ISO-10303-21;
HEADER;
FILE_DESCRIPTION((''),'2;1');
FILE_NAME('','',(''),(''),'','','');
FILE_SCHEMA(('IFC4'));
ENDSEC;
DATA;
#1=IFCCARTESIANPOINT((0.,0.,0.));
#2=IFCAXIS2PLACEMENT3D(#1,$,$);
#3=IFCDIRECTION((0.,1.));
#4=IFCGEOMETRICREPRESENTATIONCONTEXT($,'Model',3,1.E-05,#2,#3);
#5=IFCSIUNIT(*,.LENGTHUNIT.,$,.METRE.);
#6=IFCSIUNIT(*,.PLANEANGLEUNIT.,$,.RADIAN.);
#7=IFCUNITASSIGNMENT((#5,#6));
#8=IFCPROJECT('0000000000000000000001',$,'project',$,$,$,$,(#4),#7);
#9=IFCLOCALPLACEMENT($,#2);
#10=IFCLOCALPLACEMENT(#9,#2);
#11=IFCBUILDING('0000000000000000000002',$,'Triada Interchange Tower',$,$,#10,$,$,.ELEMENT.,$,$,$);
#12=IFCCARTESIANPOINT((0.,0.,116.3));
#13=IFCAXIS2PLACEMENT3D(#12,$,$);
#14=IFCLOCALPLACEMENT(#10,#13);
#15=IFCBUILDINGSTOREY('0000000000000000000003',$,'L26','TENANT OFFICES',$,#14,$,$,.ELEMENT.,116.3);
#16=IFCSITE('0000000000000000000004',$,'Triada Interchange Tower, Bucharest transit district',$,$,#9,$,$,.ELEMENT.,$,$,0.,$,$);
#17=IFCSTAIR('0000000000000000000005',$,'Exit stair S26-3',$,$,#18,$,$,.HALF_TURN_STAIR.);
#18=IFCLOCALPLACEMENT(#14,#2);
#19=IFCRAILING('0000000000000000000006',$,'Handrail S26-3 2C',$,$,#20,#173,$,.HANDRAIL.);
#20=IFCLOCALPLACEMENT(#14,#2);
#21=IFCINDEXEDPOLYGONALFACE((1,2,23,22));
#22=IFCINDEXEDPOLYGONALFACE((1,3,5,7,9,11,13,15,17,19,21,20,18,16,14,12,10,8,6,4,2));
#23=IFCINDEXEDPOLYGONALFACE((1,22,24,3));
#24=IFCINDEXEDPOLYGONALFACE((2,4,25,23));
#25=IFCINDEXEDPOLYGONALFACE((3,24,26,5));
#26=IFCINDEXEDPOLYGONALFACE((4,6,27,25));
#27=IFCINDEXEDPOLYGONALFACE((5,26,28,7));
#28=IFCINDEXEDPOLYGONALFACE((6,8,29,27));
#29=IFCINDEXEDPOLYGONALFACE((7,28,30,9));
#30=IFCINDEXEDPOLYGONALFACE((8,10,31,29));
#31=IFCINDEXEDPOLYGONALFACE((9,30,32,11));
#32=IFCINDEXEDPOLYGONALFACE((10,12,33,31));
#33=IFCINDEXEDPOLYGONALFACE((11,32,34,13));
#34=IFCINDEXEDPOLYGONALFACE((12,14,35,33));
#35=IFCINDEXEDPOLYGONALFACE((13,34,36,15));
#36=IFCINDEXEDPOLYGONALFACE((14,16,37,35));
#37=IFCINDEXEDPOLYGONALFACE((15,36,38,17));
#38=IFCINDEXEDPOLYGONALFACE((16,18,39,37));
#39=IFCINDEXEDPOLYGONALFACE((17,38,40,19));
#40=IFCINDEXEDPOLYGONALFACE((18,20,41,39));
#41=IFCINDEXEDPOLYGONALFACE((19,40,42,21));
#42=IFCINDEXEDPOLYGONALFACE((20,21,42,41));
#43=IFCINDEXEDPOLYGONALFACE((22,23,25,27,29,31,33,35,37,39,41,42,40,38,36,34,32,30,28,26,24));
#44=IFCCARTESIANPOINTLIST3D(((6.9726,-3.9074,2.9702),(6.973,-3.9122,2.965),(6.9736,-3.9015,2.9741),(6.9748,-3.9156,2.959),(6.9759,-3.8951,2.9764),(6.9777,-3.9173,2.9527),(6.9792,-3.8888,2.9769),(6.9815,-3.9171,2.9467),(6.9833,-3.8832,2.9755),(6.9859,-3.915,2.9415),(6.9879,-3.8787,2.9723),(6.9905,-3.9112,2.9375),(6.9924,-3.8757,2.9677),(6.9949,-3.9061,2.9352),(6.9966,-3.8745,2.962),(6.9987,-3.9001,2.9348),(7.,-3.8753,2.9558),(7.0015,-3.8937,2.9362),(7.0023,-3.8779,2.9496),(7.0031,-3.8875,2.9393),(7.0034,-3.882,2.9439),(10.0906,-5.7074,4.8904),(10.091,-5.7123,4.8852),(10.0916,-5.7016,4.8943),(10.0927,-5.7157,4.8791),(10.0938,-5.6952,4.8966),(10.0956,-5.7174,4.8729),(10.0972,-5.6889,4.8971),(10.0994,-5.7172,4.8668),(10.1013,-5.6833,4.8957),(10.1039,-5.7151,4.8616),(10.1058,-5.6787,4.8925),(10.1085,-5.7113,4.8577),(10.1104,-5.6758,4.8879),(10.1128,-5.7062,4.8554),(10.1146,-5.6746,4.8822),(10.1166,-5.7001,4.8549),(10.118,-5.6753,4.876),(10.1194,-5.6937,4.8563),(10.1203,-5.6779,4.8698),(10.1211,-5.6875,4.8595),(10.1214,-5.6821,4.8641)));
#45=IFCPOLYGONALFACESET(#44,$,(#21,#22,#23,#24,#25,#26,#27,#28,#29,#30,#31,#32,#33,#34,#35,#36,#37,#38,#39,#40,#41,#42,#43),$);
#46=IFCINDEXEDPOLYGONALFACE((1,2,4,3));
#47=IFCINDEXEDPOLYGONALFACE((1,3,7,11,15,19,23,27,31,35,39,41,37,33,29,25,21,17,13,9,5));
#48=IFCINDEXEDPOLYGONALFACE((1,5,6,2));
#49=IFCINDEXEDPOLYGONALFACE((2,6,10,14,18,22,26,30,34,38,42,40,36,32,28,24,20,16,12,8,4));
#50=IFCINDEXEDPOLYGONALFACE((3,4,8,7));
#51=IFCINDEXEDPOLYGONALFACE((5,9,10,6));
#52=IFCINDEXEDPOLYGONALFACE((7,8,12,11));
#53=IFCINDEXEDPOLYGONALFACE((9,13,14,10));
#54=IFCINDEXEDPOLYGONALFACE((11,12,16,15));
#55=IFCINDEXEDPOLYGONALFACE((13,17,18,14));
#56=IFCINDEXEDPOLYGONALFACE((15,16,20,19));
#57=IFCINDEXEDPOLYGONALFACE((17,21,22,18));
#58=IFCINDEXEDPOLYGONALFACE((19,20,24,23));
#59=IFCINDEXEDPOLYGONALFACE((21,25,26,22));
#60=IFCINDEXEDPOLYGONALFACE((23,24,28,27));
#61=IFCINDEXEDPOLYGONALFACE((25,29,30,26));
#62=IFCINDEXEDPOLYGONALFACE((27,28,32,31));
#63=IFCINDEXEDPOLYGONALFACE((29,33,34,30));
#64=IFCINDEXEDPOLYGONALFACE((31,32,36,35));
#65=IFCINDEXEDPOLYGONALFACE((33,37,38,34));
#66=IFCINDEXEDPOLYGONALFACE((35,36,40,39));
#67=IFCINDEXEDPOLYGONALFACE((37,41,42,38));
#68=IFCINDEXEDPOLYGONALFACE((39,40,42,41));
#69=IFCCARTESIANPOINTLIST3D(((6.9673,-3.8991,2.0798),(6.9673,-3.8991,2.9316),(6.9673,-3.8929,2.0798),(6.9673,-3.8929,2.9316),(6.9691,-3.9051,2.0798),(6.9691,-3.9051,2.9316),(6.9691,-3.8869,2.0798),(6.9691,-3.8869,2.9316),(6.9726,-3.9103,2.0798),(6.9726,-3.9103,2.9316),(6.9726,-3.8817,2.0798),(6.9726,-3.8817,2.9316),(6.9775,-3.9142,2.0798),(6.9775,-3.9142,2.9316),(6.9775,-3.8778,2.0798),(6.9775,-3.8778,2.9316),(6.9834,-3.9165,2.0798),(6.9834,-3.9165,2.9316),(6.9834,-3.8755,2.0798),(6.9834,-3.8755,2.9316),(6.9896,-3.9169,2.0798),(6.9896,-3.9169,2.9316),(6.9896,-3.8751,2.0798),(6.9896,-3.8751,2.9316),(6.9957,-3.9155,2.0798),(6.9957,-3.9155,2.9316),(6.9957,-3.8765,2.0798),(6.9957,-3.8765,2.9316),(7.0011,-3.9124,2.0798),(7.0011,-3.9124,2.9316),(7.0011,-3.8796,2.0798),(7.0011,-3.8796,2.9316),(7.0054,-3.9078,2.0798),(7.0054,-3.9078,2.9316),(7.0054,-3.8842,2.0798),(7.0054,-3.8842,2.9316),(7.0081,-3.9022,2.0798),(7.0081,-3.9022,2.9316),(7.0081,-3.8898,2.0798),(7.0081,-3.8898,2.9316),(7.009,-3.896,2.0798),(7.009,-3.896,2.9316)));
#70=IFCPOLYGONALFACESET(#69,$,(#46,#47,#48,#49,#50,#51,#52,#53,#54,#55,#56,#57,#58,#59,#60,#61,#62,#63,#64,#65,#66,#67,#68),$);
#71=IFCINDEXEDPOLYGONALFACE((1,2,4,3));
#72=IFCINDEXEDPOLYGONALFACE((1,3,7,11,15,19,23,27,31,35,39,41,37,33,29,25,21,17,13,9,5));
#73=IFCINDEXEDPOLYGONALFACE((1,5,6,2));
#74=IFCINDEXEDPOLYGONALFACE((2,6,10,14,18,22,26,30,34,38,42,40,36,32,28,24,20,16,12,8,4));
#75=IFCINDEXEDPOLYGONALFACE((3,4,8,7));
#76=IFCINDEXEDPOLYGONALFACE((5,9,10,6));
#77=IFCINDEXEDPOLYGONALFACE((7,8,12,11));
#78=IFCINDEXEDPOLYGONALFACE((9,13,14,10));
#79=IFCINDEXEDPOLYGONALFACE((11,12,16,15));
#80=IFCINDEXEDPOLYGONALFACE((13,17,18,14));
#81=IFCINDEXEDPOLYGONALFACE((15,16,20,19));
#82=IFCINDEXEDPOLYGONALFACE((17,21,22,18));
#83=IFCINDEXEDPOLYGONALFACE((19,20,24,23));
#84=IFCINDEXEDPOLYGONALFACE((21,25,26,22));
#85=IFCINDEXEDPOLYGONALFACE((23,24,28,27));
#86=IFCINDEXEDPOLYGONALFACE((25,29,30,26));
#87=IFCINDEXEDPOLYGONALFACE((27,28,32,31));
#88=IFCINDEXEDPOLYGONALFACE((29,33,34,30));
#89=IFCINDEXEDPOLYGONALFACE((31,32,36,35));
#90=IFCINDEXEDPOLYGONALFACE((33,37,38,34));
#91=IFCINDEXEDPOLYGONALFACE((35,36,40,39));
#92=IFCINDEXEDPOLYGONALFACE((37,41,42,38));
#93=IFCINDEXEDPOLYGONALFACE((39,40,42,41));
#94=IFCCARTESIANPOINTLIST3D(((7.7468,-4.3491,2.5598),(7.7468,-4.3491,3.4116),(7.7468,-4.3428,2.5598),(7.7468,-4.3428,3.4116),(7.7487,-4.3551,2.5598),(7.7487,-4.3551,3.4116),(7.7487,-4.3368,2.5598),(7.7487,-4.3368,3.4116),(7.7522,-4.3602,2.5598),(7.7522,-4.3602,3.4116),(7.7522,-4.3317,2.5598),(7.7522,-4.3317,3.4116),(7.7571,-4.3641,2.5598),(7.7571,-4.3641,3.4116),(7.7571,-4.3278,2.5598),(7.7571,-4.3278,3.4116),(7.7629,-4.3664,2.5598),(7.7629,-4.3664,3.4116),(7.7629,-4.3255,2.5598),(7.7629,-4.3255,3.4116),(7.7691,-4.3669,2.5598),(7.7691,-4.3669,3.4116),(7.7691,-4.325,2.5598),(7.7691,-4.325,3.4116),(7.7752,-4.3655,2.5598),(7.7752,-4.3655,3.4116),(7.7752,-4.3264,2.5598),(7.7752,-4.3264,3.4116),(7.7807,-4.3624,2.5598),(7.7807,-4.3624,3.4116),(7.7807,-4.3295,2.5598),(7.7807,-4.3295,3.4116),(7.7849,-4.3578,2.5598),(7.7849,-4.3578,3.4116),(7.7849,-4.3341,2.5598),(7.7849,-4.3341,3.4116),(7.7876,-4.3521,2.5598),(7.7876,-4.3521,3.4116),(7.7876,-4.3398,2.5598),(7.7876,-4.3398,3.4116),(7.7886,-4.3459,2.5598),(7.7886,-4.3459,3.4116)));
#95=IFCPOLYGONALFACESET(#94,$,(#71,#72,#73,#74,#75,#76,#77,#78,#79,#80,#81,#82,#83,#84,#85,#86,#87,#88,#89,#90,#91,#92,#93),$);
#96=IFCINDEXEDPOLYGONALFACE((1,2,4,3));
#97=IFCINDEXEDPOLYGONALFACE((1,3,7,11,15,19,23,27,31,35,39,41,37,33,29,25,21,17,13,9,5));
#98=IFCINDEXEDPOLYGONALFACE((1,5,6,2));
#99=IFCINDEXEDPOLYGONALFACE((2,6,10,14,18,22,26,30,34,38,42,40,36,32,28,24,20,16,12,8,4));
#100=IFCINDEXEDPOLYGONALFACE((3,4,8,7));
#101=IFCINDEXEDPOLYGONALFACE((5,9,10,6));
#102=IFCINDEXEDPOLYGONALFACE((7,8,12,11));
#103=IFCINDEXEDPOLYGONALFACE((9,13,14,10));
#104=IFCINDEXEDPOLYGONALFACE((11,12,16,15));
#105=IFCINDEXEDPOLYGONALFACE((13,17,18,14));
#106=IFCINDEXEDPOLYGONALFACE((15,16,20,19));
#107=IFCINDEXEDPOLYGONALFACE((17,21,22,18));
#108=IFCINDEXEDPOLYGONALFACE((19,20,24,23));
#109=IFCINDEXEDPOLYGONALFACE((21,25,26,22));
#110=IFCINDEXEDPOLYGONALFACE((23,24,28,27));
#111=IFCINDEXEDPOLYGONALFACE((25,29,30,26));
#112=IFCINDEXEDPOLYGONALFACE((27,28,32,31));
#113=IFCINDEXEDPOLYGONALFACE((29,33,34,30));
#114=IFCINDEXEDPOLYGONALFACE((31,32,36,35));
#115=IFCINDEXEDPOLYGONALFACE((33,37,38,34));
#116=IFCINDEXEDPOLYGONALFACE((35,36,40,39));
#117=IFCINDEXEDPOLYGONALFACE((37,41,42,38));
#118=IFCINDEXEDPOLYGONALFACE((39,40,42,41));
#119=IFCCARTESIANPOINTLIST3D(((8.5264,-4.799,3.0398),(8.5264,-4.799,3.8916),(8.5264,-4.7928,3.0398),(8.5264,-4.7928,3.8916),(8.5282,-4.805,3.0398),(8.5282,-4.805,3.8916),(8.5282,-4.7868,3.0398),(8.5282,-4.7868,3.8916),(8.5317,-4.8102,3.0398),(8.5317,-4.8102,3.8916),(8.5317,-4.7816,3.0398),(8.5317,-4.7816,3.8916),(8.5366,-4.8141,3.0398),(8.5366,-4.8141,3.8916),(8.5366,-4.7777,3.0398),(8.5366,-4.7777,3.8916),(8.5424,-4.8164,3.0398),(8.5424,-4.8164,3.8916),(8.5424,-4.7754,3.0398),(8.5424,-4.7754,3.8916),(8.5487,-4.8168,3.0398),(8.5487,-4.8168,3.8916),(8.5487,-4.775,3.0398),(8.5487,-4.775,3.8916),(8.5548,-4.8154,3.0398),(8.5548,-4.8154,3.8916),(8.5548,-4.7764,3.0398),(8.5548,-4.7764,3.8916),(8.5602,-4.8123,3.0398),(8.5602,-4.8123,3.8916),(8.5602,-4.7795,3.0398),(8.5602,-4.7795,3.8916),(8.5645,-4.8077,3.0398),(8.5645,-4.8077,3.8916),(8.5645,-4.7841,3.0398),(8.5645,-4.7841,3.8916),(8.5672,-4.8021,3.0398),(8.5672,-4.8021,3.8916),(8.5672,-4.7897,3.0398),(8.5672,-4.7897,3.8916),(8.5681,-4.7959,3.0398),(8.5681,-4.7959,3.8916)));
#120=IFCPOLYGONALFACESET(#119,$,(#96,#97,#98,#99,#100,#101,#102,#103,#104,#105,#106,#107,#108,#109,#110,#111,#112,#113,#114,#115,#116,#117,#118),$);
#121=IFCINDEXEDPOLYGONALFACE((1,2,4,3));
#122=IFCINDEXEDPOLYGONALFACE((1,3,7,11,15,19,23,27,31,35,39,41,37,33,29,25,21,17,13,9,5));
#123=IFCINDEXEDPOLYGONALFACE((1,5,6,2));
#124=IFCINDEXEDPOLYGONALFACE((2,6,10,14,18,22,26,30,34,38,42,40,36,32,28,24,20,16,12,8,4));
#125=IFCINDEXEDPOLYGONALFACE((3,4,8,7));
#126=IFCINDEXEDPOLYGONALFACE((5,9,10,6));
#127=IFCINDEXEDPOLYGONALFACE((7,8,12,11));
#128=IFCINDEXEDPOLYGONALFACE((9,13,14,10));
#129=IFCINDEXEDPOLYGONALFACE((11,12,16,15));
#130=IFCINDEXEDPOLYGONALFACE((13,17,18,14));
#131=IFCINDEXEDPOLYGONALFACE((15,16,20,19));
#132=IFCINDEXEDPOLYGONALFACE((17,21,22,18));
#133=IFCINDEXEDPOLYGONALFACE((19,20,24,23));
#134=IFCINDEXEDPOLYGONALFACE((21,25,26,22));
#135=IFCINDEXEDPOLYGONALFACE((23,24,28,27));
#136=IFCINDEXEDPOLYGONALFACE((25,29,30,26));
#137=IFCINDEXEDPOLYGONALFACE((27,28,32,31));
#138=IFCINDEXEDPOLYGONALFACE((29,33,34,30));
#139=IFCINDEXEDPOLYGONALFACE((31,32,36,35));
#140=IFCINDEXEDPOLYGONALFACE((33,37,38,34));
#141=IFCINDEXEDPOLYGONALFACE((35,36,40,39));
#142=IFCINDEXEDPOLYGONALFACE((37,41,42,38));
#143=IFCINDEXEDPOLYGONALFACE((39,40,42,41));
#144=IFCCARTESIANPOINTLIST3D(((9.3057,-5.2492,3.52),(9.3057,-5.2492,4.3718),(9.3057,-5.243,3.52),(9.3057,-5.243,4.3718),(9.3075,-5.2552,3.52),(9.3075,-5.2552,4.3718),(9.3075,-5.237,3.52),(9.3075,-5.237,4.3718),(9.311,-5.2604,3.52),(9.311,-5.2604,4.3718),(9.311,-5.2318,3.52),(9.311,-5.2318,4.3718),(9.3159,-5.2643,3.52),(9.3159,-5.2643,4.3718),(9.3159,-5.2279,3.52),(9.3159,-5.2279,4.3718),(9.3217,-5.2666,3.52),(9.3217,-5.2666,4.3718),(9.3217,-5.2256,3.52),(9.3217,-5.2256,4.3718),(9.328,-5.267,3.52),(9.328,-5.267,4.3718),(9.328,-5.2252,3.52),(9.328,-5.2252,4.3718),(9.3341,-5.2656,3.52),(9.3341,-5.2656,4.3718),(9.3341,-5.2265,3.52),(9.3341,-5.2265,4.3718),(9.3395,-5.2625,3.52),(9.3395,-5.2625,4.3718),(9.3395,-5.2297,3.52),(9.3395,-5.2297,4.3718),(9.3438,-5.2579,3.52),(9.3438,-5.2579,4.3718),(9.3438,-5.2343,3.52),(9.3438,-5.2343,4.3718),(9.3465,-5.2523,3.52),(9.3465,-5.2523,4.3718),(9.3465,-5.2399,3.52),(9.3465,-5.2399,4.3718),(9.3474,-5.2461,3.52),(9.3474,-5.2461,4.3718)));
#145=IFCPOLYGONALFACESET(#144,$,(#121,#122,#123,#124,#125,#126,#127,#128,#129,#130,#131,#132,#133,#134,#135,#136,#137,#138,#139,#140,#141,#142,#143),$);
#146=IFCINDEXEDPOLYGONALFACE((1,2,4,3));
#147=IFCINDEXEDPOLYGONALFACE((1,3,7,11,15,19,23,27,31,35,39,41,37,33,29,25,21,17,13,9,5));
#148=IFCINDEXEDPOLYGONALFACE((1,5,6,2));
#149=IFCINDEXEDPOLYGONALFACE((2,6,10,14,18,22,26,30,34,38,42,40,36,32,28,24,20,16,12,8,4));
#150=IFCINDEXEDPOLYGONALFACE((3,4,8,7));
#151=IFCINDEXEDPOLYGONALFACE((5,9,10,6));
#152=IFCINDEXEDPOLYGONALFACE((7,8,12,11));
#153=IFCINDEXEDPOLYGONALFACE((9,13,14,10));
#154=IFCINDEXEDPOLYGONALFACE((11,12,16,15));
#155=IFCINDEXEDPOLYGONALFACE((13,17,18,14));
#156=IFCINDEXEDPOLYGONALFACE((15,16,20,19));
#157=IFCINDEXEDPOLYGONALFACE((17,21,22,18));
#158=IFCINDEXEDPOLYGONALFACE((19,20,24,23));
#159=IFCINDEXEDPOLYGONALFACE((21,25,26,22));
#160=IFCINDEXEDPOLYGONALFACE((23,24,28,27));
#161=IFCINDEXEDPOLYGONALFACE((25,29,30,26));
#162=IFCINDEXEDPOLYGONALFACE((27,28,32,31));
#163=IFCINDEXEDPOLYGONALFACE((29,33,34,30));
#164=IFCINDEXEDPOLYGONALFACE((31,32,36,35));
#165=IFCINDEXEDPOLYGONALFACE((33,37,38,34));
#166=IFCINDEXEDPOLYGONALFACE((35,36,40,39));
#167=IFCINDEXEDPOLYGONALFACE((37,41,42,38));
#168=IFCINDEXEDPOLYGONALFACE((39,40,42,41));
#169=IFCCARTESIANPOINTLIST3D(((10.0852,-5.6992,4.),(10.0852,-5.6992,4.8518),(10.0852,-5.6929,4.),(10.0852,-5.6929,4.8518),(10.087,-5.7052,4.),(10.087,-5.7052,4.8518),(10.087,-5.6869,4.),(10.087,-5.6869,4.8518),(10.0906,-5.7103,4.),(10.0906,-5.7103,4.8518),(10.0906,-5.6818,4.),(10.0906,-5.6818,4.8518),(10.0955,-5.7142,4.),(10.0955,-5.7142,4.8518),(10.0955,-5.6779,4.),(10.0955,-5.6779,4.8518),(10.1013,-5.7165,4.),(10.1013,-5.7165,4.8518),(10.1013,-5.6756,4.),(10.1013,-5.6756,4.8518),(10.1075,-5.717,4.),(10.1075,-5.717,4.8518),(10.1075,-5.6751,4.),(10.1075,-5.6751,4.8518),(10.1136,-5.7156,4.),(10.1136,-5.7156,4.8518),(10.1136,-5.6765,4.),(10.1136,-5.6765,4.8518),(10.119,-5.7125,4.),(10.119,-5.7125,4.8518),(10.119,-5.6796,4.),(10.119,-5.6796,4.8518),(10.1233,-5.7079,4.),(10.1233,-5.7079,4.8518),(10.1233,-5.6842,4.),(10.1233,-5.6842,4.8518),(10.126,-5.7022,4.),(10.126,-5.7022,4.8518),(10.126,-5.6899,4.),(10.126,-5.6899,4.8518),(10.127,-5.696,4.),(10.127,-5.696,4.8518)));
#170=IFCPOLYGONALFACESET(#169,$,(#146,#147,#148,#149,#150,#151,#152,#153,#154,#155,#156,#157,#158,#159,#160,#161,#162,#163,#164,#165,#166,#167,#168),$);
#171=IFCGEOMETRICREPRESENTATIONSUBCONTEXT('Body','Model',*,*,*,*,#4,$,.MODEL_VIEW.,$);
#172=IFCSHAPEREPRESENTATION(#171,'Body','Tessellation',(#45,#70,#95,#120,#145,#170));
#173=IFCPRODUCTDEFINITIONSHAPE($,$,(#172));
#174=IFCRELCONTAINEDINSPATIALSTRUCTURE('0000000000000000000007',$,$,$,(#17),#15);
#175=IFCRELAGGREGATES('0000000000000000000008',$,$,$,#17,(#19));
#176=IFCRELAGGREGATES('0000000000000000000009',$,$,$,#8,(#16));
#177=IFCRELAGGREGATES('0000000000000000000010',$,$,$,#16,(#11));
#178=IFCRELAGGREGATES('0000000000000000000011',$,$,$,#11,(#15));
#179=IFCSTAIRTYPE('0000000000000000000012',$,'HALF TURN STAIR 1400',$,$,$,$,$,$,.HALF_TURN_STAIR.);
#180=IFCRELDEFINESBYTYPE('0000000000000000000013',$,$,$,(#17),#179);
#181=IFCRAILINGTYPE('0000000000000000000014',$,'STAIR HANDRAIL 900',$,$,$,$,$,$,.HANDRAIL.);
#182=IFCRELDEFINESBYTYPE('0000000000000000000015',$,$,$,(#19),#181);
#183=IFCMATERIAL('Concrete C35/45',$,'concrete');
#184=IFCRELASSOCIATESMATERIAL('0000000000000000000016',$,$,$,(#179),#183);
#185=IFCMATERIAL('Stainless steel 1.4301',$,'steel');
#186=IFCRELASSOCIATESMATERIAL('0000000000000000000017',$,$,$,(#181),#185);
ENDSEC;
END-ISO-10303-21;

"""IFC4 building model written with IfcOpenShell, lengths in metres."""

from ifc_helpers import new_model, si_unit, direction, frame, origin, origin_2d, place, context, subcontext, project, spatial, circle, extrude, material, type_object, element, aggregate, save


model = new_model("IFC4")

# Units and contexts
model_context = context("Model", 3, precision=1e-05, world=origin(), true_north=direction((0.0, 1.0)))
body_context = subcontext(model_context, "Body", "Model", "MODEL_VIEW")
ifc_project = project(units=[si_unit("LENGTHUNIT", "METRE"), si_unit("PLANEANGLEUNIT", "RADIAN")], contexts=[model_context])

# Site, building, storey
site_placement = place(None, origin())
site = spatial("IfcSite", under=ifc_project, at=site_placement, Name="Triada Interchange Tower, Bucharest transit district", CompositionType="ELEMENT", RefElevation=0.0)
building_placement = place(site_placement, origin())
building = spatial("IfcBuilding", under=site, at=building_placement, Name="Triada Interchange Tower", CompositionType="ELEMENT")
storey_placement = place(building_placement, frame((0.0, 0.0, 116.3)))
storey = spatial("IfcBuildingStorey", under=building, at=storey_placement, Name="L26", Description="TENANT OFFICES", CompositionType="ELEMENT", Elevation=116.3)

# Stair, railing
ifc_material_1 = material(Name="Concrete C35/45", Category="concrete")
stair_type = type_object("IfcStairType", Name="HALF TURN STAIR 1400", PredefinedType="HALF_TURN_STAIR", material=ifc_material_1)
stair_placement = place(storey_placement, origin())
stair = element("IfcStair", 1, at=stair_placement, inside=storey, type_object=stair_type, Name="Exit stair S26-3", PredefinedType="HALF_TURN_STAIR")
ifc_material_2 = material(Name="Stainless steel 1.4301", Category="steel")
railing_type = type_object("IfcRailingType", Name="STAIR HANDRAIL 900", PredefinedType="HANDRAIL", material=ifc_material_2)
railing_1_placement = place(storey_placement, frame((6.988, -3.896, 2.0798)))
railing_1 = element("IfcRailing", 2, at=railing_1_placement, type_object=railing_type, Name="Handrail S26-3 2C", PredefinedType="HANDRAIL", context=body_context, shape_type="SweptSolid", body=[
    extrude(circle(Radius=0.0239, at=origin_2d()), frame((0.0, 0.0, 0.876), z_axis=(0.764145, -0.441159, 0.470597), x_axis=(0.499983, 0.866035, 0.0)), (0.0, 0.0, 1.0), 4.0803),
    extrude(circle(Radius=0.021, at=origin_2d()), origin(), (0.0, 0.0, 1.0), 0.8518),
    extrude(circle(Radius=0.021, at=origin_2d()), frame((0.7795, -0.45, 0.48)), (0.0, 0.0, 1.0), 0.8518),
    extrude(circle(Radius=0.021, at=origin_2d()), frame((1.5591, -0.8999, 0.96)), (0.0, 0.0, 1.0), 0.8518),
    extrude(circle(Radius=0.021, at=origin_2d()), frame((2.3384, -1.3501, 1.4402)), (0.0, 0.0, 1.0), 0.8518),
    extrude(circle(Radius=0.021, at=origin_2d()), frame((3.1179, -1.8, 1.9202)), (0.0, 0.0, 1.0), 0.8518),
])
aggregate(stair, [railing_1])

save(model, "model.ifc")
